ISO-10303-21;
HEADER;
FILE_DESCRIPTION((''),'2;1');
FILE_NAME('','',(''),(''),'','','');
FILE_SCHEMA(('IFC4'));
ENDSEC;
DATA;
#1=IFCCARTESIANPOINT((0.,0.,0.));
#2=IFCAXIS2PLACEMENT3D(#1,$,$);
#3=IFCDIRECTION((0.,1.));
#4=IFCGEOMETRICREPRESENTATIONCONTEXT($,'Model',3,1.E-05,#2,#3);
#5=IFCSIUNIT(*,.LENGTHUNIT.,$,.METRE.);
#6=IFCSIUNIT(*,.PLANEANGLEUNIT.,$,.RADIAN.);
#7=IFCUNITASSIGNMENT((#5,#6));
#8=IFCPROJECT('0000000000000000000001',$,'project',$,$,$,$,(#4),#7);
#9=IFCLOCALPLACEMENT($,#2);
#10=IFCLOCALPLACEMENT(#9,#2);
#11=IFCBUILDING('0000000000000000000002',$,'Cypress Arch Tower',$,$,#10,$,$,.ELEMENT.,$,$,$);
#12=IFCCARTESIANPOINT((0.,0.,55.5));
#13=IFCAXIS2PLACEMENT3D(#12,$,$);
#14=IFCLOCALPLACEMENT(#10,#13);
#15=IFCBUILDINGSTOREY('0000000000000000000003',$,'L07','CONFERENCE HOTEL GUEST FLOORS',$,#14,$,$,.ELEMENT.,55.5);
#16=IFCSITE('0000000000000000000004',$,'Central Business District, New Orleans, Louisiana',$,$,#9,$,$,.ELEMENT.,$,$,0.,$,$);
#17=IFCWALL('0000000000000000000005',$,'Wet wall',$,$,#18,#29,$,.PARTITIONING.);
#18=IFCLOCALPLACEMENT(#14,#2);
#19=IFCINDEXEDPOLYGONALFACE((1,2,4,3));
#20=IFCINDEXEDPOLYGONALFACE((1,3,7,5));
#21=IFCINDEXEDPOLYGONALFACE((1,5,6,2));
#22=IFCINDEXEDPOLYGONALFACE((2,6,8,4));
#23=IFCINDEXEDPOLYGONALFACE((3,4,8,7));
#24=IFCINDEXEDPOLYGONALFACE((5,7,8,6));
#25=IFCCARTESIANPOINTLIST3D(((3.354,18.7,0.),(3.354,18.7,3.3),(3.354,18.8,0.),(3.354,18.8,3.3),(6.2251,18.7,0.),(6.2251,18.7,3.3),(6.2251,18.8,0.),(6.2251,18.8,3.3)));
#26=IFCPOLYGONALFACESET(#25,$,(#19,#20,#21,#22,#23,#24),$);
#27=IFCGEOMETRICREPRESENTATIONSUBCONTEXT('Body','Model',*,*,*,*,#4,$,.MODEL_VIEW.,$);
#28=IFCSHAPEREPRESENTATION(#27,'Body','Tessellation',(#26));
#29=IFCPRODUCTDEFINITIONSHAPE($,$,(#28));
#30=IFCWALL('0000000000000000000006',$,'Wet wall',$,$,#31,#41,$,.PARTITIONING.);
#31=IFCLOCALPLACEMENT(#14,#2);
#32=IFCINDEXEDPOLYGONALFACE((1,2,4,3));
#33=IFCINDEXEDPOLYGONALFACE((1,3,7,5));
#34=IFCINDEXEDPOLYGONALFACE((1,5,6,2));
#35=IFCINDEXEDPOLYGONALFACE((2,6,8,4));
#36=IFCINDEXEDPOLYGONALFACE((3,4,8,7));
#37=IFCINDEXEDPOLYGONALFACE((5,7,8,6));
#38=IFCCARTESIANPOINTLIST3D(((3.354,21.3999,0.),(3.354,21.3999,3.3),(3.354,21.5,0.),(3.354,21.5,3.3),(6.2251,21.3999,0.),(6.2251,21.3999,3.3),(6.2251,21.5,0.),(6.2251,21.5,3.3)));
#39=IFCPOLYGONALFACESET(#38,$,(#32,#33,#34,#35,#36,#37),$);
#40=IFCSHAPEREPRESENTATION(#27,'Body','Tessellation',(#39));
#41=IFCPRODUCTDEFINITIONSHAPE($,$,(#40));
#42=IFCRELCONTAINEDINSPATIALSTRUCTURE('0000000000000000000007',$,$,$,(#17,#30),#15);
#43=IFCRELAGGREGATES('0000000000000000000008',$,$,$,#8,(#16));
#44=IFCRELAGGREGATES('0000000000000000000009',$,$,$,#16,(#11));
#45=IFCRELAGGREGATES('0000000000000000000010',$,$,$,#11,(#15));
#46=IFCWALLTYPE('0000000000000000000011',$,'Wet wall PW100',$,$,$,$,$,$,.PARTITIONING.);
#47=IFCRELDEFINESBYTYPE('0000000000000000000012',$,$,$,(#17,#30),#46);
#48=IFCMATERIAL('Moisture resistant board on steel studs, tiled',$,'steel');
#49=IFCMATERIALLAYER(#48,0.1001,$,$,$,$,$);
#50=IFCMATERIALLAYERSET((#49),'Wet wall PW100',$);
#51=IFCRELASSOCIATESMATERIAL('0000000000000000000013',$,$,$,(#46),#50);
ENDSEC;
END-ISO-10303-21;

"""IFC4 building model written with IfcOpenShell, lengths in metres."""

from ifc_helpers import new_model, si_unit, direction, frame, frame_2d, origin, place, context, subcontext, project, spatial, rectangle, extrude, material, layer, layer_set, type_object, element, save


model = new_model("IFC4")

# Units and contexts
model_context = context("Model", 3, precision=1e-05, world=origin(), true_north=direction((0.0, 1.0)))
body_context = subcontext(model_context, "Body", "Model", "MODEL_VIEW")
ifc_project = project(units=[si_unit("LENGTHUNIT", "METRE"), si_unit("PLANEANGLEUNIT", "RADIAN")], contexts=[model_context])

# Site, building, storey
site_placement = place(None, origin())
site = spatial("IfcSite", under=ifc_project, at=site_placement, Name="Central Business District, New Orleans, Louisiana", CompositionType="ELEMENT", RefElevation=0.0)
building_placement = place(site_placement, origin())
building = spatial("IfcBuilding", under=site, at=building_placement, Name="Cypress Arch Tower", CompositionType="ELEMENT")
storey_placement = place(building_placement, frame((0.0, 0.0, 55.5)))
storey = spatial("IfcBuildingStorey", under=building, at=storey_placement, Name="L07", Description="CONFERENCE HOTEL GUEST FLOORS", CompositionType="ELEMENT", Elevation=55.5)

# Shared definitions
ifc_material_1 = material(Name="Moisture resistant board on steel studs, tiled", Category="steel")
ifc_layer_1 = layer(ifc_material_1, 0.1001)
ifc_layer_set_1 = layer_set([ifc_layer_1], Name="Wet wall PW100")
wall_type_1 = type_object("IfcWallType", Name="Wet wall PW100", PredefinedType="PARTITIONING", material=ifc_layer_set_1)

# Walls
for number, where, z_axis, x_axis, name in (
    (1, (3.354, 18.75, 0.0), (0.0, 0.0, 1.0), (1.0, 0.0, 0.0), "Wet wall"),
    (2, (3.354, 21.45, 0.0), (0.0, 0.0, 1.0), (1.0, 0.0, 0.0), "Wet wall"),
):
    element("IfcWall", number, at=place(storey_placement, frame(where, z_axis=z_axis, x_axis=x_axis)), inside=storey, type_object=wall_type_1, Name=name, PredefinedType="PARTITIONING", context=body_context, shape_type="SweptSolid", body=[
        extrude(rectangle(XDim=2.8711, YDim=0.1001, at=frame_2d((1.4355, 0.0))), origin(), (0.0, 0.0, 1.0), 3.3),
    ])

save(model, "model.ifc")
